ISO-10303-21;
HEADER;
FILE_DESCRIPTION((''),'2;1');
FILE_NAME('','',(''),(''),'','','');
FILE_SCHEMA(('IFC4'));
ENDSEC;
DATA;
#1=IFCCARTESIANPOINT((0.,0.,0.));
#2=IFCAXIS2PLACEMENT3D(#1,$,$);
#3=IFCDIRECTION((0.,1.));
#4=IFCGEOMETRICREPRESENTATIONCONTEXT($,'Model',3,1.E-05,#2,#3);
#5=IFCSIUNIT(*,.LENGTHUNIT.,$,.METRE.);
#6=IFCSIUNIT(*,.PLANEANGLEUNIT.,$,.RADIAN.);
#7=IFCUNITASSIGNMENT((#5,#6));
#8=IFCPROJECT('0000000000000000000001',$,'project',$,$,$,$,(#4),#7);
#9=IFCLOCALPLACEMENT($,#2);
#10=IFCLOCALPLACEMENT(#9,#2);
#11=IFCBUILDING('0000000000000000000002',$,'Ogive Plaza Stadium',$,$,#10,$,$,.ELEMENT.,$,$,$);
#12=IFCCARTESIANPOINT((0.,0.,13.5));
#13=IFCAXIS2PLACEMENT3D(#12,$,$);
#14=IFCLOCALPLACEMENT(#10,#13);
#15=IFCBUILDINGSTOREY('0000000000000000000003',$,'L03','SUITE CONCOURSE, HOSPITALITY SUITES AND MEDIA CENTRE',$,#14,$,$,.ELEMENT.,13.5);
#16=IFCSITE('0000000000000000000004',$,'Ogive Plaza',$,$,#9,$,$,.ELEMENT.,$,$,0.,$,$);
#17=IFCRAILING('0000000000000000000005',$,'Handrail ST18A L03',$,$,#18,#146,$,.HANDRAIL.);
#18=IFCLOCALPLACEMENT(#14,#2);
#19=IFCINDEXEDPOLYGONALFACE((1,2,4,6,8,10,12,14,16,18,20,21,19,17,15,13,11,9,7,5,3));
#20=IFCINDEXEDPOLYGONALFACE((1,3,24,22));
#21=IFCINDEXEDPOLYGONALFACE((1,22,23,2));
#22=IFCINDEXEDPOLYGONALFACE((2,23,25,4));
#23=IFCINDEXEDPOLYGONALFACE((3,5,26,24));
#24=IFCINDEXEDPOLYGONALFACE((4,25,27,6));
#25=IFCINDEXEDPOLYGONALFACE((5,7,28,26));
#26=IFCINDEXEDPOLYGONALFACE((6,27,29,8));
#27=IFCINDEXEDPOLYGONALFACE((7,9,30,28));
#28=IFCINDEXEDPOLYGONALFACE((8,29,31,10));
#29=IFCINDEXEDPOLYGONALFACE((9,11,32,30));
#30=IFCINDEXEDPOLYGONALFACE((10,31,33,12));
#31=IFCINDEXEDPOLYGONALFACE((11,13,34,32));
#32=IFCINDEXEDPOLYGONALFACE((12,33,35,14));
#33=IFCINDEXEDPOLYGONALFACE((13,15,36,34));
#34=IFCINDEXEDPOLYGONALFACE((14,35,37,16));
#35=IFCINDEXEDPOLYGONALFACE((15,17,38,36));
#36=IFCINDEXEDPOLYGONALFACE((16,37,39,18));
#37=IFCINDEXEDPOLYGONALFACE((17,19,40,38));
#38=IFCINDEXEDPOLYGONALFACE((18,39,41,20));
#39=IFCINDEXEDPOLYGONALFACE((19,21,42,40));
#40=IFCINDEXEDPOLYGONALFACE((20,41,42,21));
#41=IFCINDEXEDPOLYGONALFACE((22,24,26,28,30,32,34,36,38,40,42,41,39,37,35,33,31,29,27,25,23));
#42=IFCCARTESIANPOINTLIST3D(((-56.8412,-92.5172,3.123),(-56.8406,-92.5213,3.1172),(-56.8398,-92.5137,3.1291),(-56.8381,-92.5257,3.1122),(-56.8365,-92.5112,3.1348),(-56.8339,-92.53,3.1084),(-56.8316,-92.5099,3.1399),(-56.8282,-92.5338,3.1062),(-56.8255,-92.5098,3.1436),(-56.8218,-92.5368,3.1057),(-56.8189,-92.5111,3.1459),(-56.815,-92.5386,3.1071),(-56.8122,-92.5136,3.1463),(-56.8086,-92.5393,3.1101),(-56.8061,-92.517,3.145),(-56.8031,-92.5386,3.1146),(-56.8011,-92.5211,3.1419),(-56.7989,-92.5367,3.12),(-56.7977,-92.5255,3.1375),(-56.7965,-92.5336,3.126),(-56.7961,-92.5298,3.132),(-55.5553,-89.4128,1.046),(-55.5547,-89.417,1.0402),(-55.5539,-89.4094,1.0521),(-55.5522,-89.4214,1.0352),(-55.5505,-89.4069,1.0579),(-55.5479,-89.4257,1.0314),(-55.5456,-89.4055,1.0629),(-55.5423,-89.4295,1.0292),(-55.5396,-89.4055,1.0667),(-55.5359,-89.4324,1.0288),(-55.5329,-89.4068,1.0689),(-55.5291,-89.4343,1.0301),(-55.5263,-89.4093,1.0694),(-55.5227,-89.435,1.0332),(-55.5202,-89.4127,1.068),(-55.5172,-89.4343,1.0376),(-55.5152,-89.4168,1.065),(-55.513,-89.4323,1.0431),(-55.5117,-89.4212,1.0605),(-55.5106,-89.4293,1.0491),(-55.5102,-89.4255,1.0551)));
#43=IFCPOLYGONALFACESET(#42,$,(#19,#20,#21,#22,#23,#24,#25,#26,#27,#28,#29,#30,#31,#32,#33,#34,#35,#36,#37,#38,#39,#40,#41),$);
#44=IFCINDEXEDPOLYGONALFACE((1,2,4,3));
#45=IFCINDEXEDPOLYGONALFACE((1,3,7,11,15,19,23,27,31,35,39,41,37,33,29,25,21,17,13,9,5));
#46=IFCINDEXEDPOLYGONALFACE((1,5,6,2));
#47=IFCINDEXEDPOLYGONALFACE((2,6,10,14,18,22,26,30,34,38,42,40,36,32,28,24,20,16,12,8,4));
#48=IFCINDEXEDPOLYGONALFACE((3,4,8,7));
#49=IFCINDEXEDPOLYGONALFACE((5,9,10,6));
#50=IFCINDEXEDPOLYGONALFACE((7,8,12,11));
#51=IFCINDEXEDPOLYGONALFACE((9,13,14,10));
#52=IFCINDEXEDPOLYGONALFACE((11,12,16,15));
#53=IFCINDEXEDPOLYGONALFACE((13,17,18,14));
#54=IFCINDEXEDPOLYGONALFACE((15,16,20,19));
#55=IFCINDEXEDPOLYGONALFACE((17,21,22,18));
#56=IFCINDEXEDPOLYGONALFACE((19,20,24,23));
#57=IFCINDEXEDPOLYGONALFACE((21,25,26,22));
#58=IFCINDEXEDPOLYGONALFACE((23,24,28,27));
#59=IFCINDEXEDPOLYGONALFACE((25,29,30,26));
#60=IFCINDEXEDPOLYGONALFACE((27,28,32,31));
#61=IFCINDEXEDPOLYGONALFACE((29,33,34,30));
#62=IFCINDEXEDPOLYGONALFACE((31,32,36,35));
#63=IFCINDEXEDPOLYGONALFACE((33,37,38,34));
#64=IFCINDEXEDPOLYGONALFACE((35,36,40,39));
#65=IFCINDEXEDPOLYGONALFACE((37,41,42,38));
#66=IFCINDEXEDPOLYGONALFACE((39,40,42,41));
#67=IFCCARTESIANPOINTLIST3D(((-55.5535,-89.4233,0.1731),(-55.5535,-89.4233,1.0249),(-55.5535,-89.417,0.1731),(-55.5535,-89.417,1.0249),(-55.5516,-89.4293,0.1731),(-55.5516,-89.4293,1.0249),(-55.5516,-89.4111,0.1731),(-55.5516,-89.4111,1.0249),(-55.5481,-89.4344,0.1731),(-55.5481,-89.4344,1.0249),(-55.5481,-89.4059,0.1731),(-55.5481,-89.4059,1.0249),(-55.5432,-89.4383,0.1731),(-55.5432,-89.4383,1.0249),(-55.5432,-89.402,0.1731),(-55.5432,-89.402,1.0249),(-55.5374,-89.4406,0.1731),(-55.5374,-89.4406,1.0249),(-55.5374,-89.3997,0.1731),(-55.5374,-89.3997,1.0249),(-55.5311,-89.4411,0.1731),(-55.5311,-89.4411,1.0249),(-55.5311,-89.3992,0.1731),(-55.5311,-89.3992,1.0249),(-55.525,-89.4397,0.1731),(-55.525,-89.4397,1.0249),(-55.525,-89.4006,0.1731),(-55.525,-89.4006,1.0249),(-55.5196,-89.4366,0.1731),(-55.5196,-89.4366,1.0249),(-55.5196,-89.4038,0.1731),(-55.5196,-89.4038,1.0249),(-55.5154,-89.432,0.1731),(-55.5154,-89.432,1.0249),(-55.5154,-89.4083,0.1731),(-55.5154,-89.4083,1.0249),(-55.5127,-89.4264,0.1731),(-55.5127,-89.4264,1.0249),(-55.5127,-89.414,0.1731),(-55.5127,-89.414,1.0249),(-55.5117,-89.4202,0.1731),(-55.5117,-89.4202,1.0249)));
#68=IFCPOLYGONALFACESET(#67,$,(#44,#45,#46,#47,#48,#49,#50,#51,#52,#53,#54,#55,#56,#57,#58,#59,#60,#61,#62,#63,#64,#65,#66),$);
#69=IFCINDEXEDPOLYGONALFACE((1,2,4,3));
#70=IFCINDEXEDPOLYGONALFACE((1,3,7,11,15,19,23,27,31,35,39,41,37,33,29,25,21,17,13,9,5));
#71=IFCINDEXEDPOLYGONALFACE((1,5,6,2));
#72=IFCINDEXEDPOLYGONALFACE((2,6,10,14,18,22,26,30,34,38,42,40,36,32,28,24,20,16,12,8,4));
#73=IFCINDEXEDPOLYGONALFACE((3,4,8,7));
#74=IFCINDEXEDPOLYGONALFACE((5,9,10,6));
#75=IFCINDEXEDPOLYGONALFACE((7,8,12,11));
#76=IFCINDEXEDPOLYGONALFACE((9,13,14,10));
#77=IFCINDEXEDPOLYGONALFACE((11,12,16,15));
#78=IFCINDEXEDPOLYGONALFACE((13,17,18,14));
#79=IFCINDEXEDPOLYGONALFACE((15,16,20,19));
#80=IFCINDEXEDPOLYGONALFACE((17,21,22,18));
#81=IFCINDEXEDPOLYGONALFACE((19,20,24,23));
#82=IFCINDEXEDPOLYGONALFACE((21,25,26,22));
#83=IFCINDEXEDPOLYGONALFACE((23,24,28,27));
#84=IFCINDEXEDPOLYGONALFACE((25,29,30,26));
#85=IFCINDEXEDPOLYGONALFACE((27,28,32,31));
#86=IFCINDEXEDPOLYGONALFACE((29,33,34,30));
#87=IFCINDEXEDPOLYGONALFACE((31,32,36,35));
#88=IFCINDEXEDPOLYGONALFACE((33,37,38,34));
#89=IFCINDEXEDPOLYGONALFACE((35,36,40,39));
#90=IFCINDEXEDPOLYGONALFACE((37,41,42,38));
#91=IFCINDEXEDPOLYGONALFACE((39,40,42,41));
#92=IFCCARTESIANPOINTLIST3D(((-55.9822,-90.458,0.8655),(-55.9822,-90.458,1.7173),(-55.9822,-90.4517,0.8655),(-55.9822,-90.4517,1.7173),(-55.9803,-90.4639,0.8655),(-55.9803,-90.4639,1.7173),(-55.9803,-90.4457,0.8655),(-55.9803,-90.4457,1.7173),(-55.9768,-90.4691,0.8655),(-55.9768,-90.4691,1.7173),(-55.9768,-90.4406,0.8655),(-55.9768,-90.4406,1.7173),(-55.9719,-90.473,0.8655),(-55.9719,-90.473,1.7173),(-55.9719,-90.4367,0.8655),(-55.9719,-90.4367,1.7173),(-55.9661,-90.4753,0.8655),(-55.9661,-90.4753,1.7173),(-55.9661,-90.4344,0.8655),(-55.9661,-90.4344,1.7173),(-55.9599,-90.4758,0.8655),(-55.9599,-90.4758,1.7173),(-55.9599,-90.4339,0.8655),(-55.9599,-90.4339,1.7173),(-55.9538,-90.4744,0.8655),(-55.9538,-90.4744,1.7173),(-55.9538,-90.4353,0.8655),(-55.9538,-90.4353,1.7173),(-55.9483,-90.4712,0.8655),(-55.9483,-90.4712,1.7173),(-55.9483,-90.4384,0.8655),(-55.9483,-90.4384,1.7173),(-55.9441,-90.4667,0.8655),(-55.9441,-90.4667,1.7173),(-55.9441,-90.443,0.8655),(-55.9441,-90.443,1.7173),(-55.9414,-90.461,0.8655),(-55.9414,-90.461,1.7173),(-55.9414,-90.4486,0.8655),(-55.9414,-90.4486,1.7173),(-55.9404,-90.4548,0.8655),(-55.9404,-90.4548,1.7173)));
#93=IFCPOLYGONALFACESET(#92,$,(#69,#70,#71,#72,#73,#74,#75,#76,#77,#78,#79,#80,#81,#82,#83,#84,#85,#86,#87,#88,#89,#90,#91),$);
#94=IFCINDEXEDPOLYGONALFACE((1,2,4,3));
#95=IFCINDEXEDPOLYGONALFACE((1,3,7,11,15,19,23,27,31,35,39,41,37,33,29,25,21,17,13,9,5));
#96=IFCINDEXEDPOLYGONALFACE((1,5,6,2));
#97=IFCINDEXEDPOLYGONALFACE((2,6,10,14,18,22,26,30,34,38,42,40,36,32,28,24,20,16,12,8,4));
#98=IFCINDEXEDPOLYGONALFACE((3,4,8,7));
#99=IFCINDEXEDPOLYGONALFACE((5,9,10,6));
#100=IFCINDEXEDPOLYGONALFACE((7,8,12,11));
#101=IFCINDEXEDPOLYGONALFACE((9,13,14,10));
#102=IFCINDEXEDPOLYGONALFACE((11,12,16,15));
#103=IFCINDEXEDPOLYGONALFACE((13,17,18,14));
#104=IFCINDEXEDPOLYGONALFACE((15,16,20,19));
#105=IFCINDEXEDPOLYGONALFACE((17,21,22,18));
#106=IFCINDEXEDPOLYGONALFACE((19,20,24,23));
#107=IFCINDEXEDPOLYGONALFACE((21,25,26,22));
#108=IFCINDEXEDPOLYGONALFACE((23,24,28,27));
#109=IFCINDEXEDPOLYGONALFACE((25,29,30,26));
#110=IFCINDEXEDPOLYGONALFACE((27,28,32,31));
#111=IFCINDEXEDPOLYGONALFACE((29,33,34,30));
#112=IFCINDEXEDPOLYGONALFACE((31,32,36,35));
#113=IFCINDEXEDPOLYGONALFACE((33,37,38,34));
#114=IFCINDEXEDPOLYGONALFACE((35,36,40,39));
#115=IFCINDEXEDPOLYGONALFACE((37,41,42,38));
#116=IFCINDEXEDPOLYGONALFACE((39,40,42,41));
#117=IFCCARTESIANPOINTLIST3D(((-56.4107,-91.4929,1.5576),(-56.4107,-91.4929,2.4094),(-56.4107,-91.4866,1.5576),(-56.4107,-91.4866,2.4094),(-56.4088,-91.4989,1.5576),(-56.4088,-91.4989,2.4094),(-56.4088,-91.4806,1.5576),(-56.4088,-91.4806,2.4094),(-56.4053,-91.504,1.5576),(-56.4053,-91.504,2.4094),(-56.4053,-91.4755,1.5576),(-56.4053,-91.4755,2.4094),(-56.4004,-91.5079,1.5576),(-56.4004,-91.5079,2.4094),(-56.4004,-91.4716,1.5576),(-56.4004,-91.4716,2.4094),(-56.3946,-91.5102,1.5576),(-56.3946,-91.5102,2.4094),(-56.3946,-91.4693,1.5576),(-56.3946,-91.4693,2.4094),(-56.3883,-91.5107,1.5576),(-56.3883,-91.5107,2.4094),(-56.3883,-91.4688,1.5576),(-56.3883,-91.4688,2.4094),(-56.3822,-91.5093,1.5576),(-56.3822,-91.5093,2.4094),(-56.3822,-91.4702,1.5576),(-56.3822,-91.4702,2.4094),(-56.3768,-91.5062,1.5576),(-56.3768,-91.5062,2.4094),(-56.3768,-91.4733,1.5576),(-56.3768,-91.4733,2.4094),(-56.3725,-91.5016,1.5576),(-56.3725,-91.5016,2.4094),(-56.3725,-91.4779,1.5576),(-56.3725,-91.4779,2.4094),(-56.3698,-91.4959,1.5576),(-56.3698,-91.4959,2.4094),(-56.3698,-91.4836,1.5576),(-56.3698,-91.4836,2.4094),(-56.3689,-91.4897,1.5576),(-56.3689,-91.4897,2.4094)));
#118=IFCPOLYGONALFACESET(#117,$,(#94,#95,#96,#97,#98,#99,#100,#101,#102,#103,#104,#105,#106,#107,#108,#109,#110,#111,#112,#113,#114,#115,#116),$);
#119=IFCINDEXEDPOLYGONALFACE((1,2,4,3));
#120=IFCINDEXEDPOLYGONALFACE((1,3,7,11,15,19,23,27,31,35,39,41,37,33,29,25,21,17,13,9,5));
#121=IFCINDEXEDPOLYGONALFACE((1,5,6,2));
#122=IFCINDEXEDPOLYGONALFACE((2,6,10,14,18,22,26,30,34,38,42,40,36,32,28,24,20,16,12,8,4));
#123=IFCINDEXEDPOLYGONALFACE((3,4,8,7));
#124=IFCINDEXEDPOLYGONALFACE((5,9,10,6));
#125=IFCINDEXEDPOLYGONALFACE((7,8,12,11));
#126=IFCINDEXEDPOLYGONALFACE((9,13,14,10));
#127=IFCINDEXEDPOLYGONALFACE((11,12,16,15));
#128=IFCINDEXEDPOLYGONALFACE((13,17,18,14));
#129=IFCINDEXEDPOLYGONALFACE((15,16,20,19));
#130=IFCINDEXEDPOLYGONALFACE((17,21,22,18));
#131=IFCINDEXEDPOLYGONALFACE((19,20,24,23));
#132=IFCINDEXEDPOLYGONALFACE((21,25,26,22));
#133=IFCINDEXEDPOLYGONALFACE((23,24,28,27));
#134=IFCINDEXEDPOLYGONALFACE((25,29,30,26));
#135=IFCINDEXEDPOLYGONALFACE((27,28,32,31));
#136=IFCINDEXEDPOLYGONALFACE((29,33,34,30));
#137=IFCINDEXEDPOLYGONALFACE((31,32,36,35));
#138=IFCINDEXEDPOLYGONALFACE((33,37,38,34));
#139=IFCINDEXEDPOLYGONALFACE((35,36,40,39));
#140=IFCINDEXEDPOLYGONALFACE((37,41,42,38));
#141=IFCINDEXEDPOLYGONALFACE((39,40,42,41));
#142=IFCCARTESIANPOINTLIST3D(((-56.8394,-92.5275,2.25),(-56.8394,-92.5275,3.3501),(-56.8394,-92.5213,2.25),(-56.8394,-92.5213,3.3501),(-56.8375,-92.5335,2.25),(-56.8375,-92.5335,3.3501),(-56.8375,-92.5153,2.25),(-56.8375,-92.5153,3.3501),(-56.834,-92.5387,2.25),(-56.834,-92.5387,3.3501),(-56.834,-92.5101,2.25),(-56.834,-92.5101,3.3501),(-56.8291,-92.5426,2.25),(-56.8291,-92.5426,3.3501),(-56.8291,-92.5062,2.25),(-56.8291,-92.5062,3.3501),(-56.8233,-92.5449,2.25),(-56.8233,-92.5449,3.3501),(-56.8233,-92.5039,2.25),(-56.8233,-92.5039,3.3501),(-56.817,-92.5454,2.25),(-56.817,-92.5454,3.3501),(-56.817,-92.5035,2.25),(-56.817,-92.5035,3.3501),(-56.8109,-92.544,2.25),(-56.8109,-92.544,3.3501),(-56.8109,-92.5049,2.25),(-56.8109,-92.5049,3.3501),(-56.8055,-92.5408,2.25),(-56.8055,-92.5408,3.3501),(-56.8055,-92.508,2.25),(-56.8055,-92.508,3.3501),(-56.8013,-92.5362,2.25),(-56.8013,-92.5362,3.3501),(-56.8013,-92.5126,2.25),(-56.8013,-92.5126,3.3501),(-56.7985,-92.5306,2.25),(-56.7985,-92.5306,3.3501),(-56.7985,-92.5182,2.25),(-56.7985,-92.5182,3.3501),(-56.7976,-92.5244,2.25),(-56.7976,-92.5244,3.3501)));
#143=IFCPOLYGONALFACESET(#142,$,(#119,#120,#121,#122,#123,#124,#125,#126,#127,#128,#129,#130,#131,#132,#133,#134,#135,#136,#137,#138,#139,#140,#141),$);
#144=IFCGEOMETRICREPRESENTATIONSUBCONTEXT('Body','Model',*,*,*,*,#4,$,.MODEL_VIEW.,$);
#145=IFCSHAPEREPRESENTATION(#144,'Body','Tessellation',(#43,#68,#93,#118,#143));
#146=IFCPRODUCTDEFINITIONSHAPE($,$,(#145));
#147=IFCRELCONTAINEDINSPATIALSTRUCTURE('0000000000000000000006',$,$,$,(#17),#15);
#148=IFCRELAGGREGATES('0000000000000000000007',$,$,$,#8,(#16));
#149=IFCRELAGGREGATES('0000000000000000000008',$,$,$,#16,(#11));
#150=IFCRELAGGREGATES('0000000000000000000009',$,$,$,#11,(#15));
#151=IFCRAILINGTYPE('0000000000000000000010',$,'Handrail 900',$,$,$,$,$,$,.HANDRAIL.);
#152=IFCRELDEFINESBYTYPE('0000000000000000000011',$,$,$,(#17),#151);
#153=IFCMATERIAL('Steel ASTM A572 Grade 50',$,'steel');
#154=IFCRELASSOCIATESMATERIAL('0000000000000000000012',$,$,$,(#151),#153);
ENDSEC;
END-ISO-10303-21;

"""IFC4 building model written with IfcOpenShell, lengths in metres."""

from ifc_helpers import new_model, si_unit, direction, frame, origin, origin_2d, place, context, subcontext, project, spatial, circle, extrude, material, type_object, element, save


model = new_model("IFC4")

# Units and contexts
model_context = context("Model", 3, precision=1e-05, world=origin(), true_north=direction((0.0, 1.0)))
body_context = subcontext(model_context, "Body", "Model", "MODEL_VIEW")
ifc_project = project(units=[si_unit("LENGTHUNIT", "METRE"), si_unit("PLANEANGLEUNIT", "RADIAN")], contexts=[model_context])

# Site, building, storey
site_placement = place(None, origin())
site = spatial("IfcSite", under=ifc_project, at=site_placement, Name="Ogive Plaza", CompositionType="ELEMENT", RefElevation=0.0)
building_placement = place(site_placement, origin())
building = spatial("IfcBuilding", under=site, at=building_placement, Name="Ogive Plaza Stadium", CompositionType="ELEMENT")
storey_placement = place(building_placement, frame((0.0, 0.0, 13.5)))
storey = spatial("IfcBuildingStorey", under=building, at=storey_placement, Name="L03", Description="SUITE CONCOURSE, HOSPITALITY SUITES AND MEDIA CENTRE", CompositionType="ELEMENT", Elevation=13.5)

# Railing
ifc_material_1 = material(Name="Steel ASTM A572 Grade 50", Category="steel")
railing_type_1 = type_object("IfcRailingType", Name="Handrail 900", PredefinedType="HANDRAIL", material=ifc_material_1)
railing_1_placement = place(storey_placement, frame((-55.5327, -89.4202, 0.1731)))
element("IfcRailing", 1, at=railing_1_placement, inside=storey, type_object=railing_type_1, Name="Handrail ST18A L03", PredefinedType="HANDRAIL", context=body_context, shape_type="SweptSolid", body=[
    extrude(circle(Radius=0.0239, at=origin_2d()), frame((0.0, 0.0, 0.876), z_axis=(-0.325532, -0.785863, 0.525783), x_axis=(0.923872, -0.3827, 0.0)), (0.0, 0.0, 1.0), 3.9502),
    extrude(circle(Radius=0.021, at=origin_2d()), origin(), (0.0, 0.0, 1.0), 0.8518),
    extrude(circle(Radius=0.021, at=origin_2d()), frame((-0.4287, -1.0347, 0.6924)), (0.0, 0.0, 1.0), 0.8518),
    extrude(circle(Radius=0.021, at=origin_2d()), frame((-0.8572, -2.0696, 1.3845)), (0.0, 0.0, 1.0), 0.8518),
    extrude(circle(Radius=0.021, at=origin_2d()), frame((-1.2859, -3.1042, 2.0769)), (0.0, 0.0, 1.0), 1.1001),
])

save(model, "model.ifc")
